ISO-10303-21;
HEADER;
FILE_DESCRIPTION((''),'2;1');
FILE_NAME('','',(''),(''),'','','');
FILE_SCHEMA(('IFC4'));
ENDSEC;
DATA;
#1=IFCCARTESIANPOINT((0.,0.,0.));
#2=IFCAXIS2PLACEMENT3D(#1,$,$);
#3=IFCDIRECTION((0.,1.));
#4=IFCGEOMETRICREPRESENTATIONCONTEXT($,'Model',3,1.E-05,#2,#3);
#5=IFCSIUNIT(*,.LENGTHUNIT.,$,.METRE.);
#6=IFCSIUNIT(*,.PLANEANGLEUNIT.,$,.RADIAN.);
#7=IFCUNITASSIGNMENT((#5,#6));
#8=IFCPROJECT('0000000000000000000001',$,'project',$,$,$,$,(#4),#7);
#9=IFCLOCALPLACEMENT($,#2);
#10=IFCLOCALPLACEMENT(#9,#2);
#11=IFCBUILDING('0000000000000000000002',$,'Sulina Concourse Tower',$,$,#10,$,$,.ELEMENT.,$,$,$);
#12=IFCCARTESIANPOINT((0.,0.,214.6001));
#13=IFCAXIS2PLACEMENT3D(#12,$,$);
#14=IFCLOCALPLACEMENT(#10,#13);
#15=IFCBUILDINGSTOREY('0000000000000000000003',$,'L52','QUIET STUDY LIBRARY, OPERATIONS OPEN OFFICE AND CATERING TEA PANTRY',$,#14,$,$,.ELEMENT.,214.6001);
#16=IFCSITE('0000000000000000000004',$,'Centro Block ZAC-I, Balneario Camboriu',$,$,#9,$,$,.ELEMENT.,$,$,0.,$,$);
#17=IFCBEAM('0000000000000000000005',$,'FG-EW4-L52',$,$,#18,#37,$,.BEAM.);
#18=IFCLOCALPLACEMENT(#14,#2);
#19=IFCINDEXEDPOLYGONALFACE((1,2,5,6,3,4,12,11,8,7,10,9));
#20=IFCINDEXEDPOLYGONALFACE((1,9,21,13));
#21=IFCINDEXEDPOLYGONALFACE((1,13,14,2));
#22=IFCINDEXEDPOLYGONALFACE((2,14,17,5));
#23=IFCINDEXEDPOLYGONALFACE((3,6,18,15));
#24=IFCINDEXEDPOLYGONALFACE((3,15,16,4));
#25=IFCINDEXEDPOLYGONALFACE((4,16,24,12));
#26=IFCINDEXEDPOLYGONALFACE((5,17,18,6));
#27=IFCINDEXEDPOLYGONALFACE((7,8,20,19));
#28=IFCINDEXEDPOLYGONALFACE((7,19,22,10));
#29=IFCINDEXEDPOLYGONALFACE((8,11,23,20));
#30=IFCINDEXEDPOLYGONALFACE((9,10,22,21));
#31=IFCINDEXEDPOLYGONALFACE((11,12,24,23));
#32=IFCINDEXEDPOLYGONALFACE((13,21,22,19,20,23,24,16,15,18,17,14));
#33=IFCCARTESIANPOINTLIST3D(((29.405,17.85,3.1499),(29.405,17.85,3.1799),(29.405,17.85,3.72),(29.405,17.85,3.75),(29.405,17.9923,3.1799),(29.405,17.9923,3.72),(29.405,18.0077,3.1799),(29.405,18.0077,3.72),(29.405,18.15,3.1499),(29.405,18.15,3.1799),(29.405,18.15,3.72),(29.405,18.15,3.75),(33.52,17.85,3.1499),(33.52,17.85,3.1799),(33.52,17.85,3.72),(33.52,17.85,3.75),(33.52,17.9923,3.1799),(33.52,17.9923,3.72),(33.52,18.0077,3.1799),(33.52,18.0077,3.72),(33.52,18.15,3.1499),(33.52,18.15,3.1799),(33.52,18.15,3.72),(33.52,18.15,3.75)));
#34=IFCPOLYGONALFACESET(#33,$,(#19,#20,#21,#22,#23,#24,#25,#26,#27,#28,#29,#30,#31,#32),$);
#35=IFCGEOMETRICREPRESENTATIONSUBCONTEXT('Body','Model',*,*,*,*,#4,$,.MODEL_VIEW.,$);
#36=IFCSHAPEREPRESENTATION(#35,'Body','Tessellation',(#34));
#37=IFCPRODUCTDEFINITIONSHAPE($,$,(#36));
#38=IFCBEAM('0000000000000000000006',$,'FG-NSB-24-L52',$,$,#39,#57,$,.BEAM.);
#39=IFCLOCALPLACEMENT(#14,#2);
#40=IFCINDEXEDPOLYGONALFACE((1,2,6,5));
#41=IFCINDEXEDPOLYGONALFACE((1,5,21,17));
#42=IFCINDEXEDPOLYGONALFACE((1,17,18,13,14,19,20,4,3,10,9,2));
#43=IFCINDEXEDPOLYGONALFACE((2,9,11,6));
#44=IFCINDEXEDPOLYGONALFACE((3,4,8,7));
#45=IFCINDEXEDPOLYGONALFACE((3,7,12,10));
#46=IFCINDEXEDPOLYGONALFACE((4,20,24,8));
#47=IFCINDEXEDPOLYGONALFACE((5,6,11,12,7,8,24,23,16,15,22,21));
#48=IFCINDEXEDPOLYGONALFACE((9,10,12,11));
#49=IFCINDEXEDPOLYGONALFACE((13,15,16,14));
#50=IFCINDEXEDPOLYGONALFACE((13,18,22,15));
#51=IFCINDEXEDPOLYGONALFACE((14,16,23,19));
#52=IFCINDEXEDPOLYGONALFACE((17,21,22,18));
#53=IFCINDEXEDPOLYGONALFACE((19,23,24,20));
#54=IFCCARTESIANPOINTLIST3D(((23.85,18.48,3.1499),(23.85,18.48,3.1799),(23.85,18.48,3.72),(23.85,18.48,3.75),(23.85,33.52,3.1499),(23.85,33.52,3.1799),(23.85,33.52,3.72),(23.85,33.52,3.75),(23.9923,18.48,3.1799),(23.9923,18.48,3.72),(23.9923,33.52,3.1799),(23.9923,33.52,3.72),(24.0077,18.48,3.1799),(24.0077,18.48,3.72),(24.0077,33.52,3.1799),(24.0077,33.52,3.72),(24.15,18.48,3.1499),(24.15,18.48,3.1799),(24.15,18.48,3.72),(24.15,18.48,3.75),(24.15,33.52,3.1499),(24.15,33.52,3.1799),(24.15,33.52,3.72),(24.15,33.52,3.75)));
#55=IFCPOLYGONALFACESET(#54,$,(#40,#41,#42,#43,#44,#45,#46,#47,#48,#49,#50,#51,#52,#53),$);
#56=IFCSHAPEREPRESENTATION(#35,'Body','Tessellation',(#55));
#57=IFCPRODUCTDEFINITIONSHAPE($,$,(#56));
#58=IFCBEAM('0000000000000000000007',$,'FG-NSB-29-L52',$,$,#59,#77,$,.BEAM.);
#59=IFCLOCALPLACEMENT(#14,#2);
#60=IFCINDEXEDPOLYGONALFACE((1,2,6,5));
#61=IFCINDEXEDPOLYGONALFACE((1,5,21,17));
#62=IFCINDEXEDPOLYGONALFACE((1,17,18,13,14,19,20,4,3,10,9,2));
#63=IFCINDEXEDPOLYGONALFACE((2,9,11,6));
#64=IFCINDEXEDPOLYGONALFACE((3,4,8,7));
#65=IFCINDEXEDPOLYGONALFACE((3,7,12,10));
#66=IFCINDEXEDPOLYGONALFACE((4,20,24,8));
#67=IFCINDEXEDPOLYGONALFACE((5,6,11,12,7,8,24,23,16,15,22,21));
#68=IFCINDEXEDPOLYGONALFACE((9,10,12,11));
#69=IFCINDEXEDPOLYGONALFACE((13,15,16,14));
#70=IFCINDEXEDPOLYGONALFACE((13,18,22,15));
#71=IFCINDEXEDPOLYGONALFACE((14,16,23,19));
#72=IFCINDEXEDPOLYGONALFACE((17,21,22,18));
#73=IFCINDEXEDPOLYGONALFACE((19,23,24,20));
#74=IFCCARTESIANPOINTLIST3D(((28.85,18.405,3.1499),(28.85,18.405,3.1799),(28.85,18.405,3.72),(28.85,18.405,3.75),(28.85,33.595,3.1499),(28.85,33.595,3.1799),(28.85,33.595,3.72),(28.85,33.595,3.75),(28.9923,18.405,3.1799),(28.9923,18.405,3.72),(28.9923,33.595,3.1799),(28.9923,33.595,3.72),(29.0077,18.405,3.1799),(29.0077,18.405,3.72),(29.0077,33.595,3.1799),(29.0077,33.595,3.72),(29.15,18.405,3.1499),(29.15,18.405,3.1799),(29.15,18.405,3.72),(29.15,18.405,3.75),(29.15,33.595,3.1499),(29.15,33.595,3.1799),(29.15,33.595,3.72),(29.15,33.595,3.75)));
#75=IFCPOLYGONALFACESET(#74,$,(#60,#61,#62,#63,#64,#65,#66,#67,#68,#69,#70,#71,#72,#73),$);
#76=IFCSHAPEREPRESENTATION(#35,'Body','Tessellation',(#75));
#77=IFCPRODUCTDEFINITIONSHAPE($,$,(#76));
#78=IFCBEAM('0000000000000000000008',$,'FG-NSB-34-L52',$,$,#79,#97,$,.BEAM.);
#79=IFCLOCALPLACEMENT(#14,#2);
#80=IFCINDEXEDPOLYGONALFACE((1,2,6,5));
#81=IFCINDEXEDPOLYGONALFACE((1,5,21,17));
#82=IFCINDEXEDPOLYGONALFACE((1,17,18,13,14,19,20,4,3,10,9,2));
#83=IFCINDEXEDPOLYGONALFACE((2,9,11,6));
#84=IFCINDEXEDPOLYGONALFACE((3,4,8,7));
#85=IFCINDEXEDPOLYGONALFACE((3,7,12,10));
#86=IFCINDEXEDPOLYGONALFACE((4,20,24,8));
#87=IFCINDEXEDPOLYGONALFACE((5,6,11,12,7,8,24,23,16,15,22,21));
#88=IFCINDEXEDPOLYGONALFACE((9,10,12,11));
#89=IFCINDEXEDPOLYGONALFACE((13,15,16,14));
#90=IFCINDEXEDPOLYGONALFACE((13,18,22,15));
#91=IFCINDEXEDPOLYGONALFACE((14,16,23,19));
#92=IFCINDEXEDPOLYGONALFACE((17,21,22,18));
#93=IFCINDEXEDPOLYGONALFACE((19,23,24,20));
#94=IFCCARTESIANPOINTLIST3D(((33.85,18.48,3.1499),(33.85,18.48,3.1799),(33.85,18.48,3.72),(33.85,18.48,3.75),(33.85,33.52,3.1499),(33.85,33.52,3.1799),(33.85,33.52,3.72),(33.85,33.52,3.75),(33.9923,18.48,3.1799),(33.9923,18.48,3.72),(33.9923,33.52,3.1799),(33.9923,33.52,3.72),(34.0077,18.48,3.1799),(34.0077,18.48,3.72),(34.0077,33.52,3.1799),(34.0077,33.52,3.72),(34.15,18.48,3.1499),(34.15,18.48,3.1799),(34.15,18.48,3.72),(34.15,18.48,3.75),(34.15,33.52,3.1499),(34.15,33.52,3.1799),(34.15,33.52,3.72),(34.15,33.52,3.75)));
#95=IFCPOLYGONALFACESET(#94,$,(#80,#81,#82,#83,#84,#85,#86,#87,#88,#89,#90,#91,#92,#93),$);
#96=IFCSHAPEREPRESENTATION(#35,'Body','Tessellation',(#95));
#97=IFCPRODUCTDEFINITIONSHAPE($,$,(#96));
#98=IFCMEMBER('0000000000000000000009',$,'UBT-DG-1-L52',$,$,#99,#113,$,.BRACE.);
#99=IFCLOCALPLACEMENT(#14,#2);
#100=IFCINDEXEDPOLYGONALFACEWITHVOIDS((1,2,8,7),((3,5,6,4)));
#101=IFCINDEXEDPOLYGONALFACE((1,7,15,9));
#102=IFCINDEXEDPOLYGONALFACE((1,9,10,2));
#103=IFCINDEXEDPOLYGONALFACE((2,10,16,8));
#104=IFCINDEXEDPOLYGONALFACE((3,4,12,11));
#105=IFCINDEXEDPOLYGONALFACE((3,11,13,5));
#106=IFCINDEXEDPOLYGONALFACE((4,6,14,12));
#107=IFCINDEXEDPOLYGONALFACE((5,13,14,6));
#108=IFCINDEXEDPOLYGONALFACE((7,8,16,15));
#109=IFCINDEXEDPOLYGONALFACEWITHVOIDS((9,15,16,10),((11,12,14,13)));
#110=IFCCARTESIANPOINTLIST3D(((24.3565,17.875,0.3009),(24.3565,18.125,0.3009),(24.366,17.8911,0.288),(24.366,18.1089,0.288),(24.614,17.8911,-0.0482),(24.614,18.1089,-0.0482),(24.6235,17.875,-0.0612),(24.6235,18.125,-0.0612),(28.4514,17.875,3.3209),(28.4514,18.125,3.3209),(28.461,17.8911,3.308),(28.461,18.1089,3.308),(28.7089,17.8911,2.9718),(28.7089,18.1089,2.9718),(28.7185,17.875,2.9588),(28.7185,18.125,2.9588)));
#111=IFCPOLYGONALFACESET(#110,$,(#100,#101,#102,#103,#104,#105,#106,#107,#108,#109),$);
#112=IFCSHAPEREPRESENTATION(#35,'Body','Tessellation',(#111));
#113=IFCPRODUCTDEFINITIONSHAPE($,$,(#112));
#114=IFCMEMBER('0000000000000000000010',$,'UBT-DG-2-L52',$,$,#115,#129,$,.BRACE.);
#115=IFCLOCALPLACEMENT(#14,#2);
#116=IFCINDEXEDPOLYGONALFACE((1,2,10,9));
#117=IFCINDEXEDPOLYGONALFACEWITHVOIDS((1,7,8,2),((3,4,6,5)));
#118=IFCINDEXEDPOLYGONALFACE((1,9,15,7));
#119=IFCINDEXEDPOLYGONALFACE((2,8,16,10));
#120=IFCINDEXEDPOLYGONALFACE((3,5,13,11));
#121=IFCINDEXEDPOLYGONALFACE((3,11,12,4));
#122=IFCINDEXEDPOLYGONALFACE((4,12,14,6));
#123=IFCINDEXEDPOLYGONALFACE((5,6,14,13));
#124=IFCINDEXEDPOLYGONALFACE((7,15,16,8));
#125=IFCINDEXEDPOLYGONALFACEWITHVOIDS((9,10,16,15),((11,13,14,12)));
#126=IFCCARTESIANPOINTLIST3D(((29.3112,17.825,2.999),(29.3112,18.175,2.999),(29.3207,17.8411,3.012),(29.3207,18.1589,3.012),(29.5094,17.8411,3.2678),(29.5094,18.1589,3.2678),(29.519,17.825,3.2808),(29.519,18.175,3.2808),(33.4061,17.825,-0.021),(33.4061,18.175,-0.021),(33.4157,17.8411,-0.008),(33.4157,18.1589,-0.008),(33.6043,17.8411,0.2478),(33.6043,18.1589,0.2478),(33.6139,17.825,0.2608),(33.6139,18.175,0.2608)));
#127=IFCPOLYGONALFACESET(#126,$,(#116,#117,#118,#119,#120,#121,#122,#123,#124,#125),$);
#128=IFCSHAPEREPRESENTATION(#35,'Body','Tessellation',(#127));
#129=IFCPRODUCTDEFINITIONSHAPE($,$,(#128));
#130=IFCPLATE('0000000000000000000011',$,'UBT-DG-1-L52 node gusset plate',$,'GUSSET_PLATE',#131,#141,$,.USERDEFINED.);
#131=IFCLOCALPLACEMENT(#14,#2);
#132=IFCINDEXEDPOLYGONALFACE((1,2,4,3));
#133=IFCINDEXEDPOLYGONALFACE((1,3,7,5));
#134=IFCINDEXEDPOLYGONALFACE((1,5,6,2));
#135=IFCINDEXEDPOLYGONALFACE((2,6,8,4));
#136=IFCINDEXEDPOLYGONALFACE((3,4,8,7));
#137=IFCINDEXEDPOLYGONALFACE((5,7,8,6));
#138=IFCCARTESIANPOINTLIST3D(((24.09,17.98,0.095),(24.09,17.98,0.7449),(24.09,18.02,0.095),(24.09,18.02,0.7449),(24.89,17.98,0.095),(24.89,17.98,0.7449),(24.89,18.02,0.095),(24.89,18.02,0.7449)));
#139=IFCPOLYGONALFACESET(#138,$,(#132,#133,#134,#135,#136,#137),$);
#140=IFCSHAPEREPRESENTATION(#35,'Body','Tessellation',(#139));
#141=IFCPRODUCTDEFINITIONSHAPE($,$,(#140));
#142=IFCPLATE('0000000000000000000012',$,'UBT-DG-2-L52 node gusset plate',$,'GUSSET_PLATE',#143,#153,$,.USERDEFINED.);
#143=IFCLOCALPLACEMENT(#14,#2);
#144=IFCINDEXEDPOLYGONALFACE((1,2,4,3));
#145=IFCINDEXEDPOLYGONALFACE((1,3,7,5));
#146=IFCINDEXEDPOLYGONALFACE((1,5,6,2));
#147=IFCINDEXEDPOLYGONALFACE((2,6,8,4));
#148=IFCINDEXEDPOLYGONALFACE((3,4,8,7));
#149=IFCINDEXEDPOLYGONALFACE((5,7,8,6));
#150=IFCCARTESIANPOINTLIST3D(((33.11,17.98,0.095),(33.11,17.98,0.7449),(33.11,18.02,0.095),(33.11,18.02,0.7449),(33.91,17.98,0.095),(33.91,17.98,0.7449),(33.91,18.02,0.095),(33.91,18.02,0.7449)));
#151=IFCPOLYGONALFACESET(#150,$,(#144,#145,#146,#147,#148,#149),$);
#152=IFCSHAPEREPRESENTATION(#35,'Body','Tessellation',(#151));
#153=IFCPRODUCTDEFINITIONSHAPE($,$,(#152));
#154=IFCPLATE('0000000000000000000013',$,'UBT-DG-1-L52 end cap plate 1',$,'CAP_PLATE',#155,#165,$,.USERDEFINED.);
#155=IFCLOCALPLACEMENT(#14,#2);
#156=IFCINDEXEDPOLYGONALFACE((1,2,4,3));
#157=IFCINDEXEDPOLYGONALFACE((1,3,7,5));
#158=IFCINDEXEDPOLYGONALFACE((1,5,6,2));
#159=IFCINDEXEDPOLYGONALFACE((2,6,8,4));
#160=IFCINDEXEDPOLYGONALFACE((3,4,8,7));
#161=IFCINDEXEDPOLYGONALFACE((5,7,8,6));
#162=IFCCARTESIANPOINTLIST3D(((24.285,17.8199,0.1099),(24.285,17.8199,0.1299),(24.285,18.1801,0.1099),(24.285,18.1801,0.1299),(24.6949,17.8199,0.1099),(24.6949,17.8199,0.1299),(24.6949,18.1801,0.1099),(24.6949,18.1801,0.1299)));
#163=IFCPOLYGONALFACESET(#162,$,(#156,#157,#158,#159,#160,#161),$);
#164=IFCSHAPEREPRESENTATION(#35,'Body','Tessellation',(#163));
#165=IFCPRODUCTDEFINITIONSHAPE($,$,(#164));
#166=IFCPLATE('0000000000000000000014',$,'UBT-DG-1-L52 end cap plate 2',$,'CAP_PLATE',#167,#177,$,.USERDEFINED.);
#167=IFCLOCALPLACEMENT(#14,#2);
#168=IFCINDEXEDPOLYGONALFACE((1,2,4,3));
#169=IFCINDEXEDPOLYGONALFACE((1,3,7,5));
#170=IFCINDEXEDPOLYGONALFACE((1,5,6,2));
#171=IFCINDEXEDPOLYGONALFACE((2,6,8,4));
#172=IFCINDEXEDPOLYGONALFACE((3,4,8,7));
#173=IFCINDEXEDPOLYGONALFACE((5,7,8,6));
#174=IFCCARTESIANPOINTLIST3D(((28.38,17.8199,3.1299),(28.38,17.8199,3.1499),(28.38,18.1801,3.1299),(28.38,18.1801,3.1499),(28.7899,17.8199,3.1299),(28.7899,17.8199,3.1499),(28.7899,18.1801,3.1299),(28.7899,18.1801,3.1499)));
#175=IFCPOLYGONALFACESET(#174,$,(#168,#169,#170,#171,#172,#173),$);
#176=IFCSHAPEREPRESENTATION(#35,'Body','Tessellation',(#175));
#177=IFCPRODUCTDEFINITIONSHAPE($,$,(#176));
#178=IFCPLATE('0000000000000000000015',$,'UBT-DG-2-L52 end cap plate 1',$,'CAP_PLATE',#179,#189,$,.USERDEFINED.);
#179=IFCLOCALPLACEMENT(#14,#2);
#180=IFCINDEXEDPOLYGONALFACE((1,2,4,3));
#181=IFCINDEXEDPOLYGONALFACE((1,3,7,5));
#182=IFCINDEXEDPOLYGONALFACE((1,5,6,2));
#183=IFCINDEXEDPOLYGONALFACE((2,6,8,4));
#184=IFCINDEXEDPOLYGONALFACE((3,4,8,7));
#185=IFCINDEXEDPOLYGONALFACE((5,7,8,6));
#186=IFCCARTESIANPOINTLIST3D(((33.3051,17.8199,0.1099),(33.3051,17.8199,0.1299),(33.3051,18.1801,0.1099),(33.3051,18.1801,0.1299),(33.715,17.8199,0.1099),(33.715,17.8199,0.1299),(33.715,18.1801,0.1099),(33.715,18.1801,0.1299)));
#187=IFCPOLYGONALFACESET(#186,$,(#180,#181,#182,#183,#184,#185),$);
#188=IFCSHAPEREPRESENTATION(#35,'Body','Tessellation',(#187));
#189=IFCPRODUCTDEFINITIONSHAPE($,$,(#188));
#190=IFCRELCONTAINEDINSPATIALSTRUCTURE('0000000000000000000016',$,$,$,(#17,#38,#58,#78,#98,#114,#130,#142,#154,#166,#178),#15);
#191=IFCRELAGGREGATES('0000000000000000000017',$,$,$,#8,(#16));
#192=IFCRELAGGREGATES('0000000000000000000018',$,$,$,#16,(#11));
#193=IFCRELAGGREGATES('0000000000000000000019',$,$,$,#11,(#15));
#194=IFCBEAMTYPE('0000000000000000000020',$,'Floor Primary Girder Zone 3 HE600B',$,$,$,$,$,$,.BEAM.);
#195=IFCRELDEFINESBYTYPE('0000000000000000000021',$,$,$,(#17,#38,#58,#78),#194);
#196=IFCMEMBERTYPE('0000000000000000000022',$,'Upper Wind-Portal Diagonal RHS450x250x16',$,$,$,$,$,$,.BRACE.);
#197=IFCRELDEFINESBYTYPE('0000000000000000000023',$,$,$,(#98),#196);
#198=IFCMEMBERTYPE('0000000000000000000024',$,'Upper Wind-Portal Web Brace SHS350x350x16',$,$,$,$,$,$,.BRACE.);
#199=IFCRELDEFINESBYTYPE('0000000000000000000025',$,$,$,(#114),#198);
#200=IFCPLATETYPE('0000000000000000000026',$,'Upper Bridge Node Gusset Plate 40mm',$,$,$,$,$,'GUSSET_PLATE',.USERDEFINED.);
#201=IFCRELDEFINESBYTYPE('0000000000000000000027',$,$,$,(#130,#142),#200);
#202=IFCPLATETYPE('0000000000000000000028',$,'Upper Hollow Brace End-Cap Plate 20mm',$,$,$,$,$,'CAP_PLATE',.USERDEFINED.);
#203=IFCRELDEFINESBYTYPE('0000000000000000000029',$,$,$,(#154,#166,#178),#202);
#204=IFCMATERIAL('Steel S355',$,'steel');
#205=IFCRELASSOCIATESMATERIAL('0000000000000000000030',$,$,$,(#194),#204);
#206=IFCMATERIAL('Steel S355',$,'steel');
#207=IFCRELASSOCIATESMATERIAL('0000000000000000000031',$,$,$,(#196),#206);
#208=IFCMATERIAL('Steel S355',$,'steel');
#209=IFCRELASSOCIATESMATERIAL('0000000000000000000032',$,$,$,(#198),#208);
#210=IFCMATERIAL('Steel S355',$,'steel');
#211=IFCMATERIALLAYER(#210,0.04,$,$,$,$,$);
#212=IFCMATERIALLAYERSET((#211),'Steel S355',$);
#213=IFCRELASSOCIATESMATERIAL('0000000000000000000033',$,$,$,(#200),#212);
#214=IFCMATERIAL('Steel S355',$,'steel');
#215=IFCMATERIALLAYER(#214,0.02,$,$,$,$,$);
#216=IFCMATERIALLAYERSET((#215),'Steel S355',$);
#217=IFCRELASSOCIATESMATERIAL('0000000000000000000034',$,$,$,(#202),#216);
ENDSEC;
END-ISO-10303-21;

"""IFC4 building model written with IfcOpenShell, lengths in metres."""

from ifc_helpers import new_model, si_unit, direction, frame, origin, origin_2d, place, context, subcontext, project, spatial, rectangle, hollow_rectangle, i_section, extrude, material, layer, layer_set, material_profile, profile_set, type_object, element, save


model = new_model("IFC4")

# Units and contexts
model_context = context("Model", 3, precision=1e-05, world=origin(), true_north=direction((0.0, 1.0)))
body_context = subcontext(model_context, "Body", "Model", "MODEL_VIEW")
ifc_project = project(units=[si_unit("LENGTHUNIT", "METRE"), si_unit("PLANEANGLEUNIT", "RADIAN")], contexts=[model_context])

# Site, building, storey
site_placement = place(None, origin())
site = spatial("IfcSite", under=ifc_project, at=site_placement, Name="Centro Block ZAC-I, Balneario Camboriu", CompositionType="ELEMENT", RefElevation=0.0)
building_placement = place(site_placement, origin())
building = spatial("IfcBuilding", under=site, at=building_placement, Name="Sulina Concourse Tower", CompositionType="ELEMENT")
storey_placement = place(building_placement, frame((0.0, 0.0, 214.6001)))
storey = spatial("IfcBuildingStorey", under=building, at=storey_placement, Name="L52", Description="QUIET STUDY LIBRARY, OPERATIONS OPEN OFFICE AND CATERING TEA PANTRY", CompositionType="ELEMENT", Elevation=214.6001)

# Beams
ifc_material_1 = material(Name="Steel S355", Category="steel")
ifc_material_profile_1 = material_profile(ifc_material_1, i_section(OverallWidth=0.3, OverallDepth=0.6001, WebThickness=0.0154, FlangeThickness=0.03, at=origin_2d()), Name="HE 600 B")
ifc_profile_set_1 = profile_set([ifc_material_profile_1], Name="Steel S355")
beam_type_1 = type_object("IfcBeamType", Name="Floor Primary Girder Zone 3 HE600B", PredefinedType="BEAM", material=ifc_profile_set_1)
beam_1_placement = place(storey_placement, frame((29.405, 18.0, 3.45), z_axis=(1.0, 0.0, 0.0), x_axis=(0.0, 1.0, 0.0)))
element("IfcBeam", 1, at=beam_1_placement, inside=storey, type_object=beam_type_1, Name="FG-EW4-L52", PredefinedType="BEAM", context=body_context, shape_type="SweptSolid", body=[
    extrude(i_section(OverallWidth=0.3, OverallDepth=0.6001, WebThickness=0.0154, FlangeThickness=0.03, at=origin_2d()), origin(), (0.0, 0.0, 1.0), 4.115),
])
beam_2_placement = place(storey_placement, frame((24.0, 18.48, 3.45), z_axis=(0.0, 1.0, 0.0), x_axis=(-1.0, 0.0, 0.0)))
element("IfcBeam", 2, at=beam_2_placement, inside=storey, type_object=beam_type_1, Name="FG-NSB-24-L52", PredefinedType="BEAM", context=body_context, shape_type="SweptSolid", body=[
    extrude(i_section(OverallWidth=0.3, OverallDepth=0.6001, WebThickness=0.0154, FlangeThickness=0.03, at=origin_2d()), origin(), (0.0, 0.0, 1.0), 15.04),
])
beam_3_placement = place(storey_placement, frame((29.0, 18.405, 3.45), z_axis=(0.0, 1.0, 0.0), x_axis=(-1.0, 0.0, 0.0)))
element("IfcBeam", 3, at=beam_3_placement, inside=storey, type_object=beam_type_1, Name="FG-NSB-29-L52", PredefinedType="BEAM", context=body_context, shape_type="SweptSolid", body=[
    extrude(i_section(OverallWidth=0.3, OverallDepth=0.6001, WebThickness=0.0154, FlangeThickness=0.03, at=origin_2d()), origin(), (0.0, 0.0, 1.0), 15.1899),
])
beam_4_placement = place(storey_placement, frame((34.0, 18.48, 3.45), z_axis=(0.0, 1.0, 0.0), x_axis=(-1.0, 0.0, 0.0)))
element("IfcBeam", 4, at=beam_4_placement, inside=storey, type_object=beam_type_1, Name="FG-NSB-34-L52", PredefinedType="BEAM", context=body_context, shape_type="SweptSolid", body=[
    extrude(i_section(OverallWidth=0.3, OverallDepth=0.6001, WebThickness=0.0154, FlangeThickness=0.03, at=origin_2d()), origin(), (0.0, 0.0, 1.0), 15.04),
])

# Members
ifc_material_2 = material(Name="Steel S355", Category="steel")
ifc_material_profile_2 = material_profile(ifc_material_2, hollow_rectangle(XDim=0.25, YDim=0.45, WallThickness=0.0161, at=origin_2d()), Name="RHS 450x250x16")
ifc_profile_set_2 = profile_set([ifc_material_profile_2], Name="Steel S355")
member_type_1 = type_object("IfcMemberType", Name="Upper Wind-Portal Diagonal RHS450x250x16", PredefinedType="BRACE", material=ifc_profile_set_2)
member_1_placement = place(storey_placement, frame((24.49, 18.0, 0.1199), z_axis=(0.804805, 0.0, 0.593539), x_axis=(0.0, 1.0, 0.0)))
element("IfcMember", 5, at=member_1_placement, inside=storey, type_object=member_type_1, Name="UBT-DG-1-L52", PredefinedType="BRACE", context=body_context, shape_type="SweptSolid", body=[
    extrude(hollow_rectangle(XDim=0.25, YDim=0.45, WallThickness=0.0161, at=origin_2d()), origin(), (0.0, 0.0, 1.0), 5.0881),
])
ifc_material_3 = material(Name="Steel S355", Category="steel")
ifc_material_profile_3 = material_profile(ifc_material_3, hollow_rectangle(XDim=0.3501, YDim=0.3501, WallThickness=0.0161, at=origin_2d()), Name="SHS 350x350x16")
ifc_profile_set_3 = profile_set([ifc_material_profile_3], Name="Steel S355")
member_type_2 = type_object("IfcMemberType", Name="Upper Wind-Portal Web Brace SHS350x350x16", PredefinedType="BRACE", material=ifc_profile_set_3)
member_2_placement = place(storey_placement, frame((33.51, 18.0, 0.1199), z_axis=(-0.804805, 0.0, 0.593539), x_axis=(0.0, -1.0, 0.0)))
element("IfcMember", 6, at=member_2_placement, inside=storey, type_object=member_type_2, Name="UBT-DG-2-L52", PredefinedType="BRACE", context=body_context, shape_type="SweptSolid", body=[
    extrude(hollow_rectangle(XDim=0.3501, YDim=0.3501, WallThickness=0.0161, at=origin_2d()), origin(), (0.0, 0.0, 1.0), 5.0881),
])

# Plates
ifc_material_4 = material(Name="Steel S355", Category="steel")
ifc_layer_1 = layer(ifc_material_4, 0.04)
ifc_layer_set_1 = layer_set([ifc_layer_1], Name="Steel S355")
plate_type_1 = type_object("IfcPlateType", Name="Upper Bridge Node Gusset Plate 40mm", ElementType="GUSSET_PLATE", PredefinedType="USERDEFINED", material=ifc_layer_set_1)
for number, where, z_axis, x_axis, name in (
    (7, (24.49, 18.0, 0.095), (0.0, 0.0, 1.0), (1.0, 0.0, 0.0), "UBT-DG-1-L52 node gusset plate"),
    (8, (33.51, 18.0, 0.095), (0.0, 0.0, 1.0), (1.0, 0.0, 0.0), "UBT-DG-2-L52 node gusset plate"),
):
    element("IfcPlate", number, at=place(storey_placement, frame(where, z_axis=z_axis, x_axis=x_axis)), inside=storey, type_object=plate_type_1, Name=name, ObjectType="GUSSET_PLATE", PredefinedType="USERDEFINED", context=body_context, shape_type="SweptSolid", body=[
        extrude(rectangle(XDim=0.8, YDim=0.04, at=origin_2d()), origin(), (0.0, 0.0, 1.0), 0.6499),
    ])
ifc_material_5 = material(Name="Steel S355", Category="steel")
ifc_layer_2 = layer(ifc_material_5, 0.02)
ifc_layer_set_2 = layer_set([ifc_layer_2], Name="Steel S355")
plate_type_2 = type_object("IfcPlateType", Name="Upper Hollow Brace End-Cap Plate 20mm", ElementType="CAP_PLATE", PredefinedType="USERDEFINED", material=ifc_layer_set_2)
for number, where, z_axis, x_axis, name in (
    (9, (24.49, 18.0, 0.1099), (0.0, 0.0, 1.0), (1.0, 0.0, 0.0), "UBT-DG-1-L52 end cap plate 1"),
    (10, (28.585, 18.0, 3.1299), (0.0, 0.0, 1.0), (1.0, 0.0, 0.0), "UBT-DG-1-L52 end cap plate 2"),
    (11, (33.51, 18.0, 0.1099), (0.0, 0.0, 1.0), (1.0, 0.0, 0.0), "UBT-DG-2-L52 end cap plate 1"),
):
    element("IfcPlate", number, at=place(storey_placement, frame(where, z_axis=z_axis, x_axis=x_axis)), inside=storey, type_object=plate_type_2, Name=name, ObjectType="CAP_PLATE", PredefinedType="USERDEFINED", context=body_context, shape_type="SweptSolid", body=[
        extrude(rectangle(XDim=0.4099, YDim=0.3601, at=origin_2d()), origin(), (0.0, 0.0, 1.0), 0.02),
    ])

save(model, "model.ifc")
